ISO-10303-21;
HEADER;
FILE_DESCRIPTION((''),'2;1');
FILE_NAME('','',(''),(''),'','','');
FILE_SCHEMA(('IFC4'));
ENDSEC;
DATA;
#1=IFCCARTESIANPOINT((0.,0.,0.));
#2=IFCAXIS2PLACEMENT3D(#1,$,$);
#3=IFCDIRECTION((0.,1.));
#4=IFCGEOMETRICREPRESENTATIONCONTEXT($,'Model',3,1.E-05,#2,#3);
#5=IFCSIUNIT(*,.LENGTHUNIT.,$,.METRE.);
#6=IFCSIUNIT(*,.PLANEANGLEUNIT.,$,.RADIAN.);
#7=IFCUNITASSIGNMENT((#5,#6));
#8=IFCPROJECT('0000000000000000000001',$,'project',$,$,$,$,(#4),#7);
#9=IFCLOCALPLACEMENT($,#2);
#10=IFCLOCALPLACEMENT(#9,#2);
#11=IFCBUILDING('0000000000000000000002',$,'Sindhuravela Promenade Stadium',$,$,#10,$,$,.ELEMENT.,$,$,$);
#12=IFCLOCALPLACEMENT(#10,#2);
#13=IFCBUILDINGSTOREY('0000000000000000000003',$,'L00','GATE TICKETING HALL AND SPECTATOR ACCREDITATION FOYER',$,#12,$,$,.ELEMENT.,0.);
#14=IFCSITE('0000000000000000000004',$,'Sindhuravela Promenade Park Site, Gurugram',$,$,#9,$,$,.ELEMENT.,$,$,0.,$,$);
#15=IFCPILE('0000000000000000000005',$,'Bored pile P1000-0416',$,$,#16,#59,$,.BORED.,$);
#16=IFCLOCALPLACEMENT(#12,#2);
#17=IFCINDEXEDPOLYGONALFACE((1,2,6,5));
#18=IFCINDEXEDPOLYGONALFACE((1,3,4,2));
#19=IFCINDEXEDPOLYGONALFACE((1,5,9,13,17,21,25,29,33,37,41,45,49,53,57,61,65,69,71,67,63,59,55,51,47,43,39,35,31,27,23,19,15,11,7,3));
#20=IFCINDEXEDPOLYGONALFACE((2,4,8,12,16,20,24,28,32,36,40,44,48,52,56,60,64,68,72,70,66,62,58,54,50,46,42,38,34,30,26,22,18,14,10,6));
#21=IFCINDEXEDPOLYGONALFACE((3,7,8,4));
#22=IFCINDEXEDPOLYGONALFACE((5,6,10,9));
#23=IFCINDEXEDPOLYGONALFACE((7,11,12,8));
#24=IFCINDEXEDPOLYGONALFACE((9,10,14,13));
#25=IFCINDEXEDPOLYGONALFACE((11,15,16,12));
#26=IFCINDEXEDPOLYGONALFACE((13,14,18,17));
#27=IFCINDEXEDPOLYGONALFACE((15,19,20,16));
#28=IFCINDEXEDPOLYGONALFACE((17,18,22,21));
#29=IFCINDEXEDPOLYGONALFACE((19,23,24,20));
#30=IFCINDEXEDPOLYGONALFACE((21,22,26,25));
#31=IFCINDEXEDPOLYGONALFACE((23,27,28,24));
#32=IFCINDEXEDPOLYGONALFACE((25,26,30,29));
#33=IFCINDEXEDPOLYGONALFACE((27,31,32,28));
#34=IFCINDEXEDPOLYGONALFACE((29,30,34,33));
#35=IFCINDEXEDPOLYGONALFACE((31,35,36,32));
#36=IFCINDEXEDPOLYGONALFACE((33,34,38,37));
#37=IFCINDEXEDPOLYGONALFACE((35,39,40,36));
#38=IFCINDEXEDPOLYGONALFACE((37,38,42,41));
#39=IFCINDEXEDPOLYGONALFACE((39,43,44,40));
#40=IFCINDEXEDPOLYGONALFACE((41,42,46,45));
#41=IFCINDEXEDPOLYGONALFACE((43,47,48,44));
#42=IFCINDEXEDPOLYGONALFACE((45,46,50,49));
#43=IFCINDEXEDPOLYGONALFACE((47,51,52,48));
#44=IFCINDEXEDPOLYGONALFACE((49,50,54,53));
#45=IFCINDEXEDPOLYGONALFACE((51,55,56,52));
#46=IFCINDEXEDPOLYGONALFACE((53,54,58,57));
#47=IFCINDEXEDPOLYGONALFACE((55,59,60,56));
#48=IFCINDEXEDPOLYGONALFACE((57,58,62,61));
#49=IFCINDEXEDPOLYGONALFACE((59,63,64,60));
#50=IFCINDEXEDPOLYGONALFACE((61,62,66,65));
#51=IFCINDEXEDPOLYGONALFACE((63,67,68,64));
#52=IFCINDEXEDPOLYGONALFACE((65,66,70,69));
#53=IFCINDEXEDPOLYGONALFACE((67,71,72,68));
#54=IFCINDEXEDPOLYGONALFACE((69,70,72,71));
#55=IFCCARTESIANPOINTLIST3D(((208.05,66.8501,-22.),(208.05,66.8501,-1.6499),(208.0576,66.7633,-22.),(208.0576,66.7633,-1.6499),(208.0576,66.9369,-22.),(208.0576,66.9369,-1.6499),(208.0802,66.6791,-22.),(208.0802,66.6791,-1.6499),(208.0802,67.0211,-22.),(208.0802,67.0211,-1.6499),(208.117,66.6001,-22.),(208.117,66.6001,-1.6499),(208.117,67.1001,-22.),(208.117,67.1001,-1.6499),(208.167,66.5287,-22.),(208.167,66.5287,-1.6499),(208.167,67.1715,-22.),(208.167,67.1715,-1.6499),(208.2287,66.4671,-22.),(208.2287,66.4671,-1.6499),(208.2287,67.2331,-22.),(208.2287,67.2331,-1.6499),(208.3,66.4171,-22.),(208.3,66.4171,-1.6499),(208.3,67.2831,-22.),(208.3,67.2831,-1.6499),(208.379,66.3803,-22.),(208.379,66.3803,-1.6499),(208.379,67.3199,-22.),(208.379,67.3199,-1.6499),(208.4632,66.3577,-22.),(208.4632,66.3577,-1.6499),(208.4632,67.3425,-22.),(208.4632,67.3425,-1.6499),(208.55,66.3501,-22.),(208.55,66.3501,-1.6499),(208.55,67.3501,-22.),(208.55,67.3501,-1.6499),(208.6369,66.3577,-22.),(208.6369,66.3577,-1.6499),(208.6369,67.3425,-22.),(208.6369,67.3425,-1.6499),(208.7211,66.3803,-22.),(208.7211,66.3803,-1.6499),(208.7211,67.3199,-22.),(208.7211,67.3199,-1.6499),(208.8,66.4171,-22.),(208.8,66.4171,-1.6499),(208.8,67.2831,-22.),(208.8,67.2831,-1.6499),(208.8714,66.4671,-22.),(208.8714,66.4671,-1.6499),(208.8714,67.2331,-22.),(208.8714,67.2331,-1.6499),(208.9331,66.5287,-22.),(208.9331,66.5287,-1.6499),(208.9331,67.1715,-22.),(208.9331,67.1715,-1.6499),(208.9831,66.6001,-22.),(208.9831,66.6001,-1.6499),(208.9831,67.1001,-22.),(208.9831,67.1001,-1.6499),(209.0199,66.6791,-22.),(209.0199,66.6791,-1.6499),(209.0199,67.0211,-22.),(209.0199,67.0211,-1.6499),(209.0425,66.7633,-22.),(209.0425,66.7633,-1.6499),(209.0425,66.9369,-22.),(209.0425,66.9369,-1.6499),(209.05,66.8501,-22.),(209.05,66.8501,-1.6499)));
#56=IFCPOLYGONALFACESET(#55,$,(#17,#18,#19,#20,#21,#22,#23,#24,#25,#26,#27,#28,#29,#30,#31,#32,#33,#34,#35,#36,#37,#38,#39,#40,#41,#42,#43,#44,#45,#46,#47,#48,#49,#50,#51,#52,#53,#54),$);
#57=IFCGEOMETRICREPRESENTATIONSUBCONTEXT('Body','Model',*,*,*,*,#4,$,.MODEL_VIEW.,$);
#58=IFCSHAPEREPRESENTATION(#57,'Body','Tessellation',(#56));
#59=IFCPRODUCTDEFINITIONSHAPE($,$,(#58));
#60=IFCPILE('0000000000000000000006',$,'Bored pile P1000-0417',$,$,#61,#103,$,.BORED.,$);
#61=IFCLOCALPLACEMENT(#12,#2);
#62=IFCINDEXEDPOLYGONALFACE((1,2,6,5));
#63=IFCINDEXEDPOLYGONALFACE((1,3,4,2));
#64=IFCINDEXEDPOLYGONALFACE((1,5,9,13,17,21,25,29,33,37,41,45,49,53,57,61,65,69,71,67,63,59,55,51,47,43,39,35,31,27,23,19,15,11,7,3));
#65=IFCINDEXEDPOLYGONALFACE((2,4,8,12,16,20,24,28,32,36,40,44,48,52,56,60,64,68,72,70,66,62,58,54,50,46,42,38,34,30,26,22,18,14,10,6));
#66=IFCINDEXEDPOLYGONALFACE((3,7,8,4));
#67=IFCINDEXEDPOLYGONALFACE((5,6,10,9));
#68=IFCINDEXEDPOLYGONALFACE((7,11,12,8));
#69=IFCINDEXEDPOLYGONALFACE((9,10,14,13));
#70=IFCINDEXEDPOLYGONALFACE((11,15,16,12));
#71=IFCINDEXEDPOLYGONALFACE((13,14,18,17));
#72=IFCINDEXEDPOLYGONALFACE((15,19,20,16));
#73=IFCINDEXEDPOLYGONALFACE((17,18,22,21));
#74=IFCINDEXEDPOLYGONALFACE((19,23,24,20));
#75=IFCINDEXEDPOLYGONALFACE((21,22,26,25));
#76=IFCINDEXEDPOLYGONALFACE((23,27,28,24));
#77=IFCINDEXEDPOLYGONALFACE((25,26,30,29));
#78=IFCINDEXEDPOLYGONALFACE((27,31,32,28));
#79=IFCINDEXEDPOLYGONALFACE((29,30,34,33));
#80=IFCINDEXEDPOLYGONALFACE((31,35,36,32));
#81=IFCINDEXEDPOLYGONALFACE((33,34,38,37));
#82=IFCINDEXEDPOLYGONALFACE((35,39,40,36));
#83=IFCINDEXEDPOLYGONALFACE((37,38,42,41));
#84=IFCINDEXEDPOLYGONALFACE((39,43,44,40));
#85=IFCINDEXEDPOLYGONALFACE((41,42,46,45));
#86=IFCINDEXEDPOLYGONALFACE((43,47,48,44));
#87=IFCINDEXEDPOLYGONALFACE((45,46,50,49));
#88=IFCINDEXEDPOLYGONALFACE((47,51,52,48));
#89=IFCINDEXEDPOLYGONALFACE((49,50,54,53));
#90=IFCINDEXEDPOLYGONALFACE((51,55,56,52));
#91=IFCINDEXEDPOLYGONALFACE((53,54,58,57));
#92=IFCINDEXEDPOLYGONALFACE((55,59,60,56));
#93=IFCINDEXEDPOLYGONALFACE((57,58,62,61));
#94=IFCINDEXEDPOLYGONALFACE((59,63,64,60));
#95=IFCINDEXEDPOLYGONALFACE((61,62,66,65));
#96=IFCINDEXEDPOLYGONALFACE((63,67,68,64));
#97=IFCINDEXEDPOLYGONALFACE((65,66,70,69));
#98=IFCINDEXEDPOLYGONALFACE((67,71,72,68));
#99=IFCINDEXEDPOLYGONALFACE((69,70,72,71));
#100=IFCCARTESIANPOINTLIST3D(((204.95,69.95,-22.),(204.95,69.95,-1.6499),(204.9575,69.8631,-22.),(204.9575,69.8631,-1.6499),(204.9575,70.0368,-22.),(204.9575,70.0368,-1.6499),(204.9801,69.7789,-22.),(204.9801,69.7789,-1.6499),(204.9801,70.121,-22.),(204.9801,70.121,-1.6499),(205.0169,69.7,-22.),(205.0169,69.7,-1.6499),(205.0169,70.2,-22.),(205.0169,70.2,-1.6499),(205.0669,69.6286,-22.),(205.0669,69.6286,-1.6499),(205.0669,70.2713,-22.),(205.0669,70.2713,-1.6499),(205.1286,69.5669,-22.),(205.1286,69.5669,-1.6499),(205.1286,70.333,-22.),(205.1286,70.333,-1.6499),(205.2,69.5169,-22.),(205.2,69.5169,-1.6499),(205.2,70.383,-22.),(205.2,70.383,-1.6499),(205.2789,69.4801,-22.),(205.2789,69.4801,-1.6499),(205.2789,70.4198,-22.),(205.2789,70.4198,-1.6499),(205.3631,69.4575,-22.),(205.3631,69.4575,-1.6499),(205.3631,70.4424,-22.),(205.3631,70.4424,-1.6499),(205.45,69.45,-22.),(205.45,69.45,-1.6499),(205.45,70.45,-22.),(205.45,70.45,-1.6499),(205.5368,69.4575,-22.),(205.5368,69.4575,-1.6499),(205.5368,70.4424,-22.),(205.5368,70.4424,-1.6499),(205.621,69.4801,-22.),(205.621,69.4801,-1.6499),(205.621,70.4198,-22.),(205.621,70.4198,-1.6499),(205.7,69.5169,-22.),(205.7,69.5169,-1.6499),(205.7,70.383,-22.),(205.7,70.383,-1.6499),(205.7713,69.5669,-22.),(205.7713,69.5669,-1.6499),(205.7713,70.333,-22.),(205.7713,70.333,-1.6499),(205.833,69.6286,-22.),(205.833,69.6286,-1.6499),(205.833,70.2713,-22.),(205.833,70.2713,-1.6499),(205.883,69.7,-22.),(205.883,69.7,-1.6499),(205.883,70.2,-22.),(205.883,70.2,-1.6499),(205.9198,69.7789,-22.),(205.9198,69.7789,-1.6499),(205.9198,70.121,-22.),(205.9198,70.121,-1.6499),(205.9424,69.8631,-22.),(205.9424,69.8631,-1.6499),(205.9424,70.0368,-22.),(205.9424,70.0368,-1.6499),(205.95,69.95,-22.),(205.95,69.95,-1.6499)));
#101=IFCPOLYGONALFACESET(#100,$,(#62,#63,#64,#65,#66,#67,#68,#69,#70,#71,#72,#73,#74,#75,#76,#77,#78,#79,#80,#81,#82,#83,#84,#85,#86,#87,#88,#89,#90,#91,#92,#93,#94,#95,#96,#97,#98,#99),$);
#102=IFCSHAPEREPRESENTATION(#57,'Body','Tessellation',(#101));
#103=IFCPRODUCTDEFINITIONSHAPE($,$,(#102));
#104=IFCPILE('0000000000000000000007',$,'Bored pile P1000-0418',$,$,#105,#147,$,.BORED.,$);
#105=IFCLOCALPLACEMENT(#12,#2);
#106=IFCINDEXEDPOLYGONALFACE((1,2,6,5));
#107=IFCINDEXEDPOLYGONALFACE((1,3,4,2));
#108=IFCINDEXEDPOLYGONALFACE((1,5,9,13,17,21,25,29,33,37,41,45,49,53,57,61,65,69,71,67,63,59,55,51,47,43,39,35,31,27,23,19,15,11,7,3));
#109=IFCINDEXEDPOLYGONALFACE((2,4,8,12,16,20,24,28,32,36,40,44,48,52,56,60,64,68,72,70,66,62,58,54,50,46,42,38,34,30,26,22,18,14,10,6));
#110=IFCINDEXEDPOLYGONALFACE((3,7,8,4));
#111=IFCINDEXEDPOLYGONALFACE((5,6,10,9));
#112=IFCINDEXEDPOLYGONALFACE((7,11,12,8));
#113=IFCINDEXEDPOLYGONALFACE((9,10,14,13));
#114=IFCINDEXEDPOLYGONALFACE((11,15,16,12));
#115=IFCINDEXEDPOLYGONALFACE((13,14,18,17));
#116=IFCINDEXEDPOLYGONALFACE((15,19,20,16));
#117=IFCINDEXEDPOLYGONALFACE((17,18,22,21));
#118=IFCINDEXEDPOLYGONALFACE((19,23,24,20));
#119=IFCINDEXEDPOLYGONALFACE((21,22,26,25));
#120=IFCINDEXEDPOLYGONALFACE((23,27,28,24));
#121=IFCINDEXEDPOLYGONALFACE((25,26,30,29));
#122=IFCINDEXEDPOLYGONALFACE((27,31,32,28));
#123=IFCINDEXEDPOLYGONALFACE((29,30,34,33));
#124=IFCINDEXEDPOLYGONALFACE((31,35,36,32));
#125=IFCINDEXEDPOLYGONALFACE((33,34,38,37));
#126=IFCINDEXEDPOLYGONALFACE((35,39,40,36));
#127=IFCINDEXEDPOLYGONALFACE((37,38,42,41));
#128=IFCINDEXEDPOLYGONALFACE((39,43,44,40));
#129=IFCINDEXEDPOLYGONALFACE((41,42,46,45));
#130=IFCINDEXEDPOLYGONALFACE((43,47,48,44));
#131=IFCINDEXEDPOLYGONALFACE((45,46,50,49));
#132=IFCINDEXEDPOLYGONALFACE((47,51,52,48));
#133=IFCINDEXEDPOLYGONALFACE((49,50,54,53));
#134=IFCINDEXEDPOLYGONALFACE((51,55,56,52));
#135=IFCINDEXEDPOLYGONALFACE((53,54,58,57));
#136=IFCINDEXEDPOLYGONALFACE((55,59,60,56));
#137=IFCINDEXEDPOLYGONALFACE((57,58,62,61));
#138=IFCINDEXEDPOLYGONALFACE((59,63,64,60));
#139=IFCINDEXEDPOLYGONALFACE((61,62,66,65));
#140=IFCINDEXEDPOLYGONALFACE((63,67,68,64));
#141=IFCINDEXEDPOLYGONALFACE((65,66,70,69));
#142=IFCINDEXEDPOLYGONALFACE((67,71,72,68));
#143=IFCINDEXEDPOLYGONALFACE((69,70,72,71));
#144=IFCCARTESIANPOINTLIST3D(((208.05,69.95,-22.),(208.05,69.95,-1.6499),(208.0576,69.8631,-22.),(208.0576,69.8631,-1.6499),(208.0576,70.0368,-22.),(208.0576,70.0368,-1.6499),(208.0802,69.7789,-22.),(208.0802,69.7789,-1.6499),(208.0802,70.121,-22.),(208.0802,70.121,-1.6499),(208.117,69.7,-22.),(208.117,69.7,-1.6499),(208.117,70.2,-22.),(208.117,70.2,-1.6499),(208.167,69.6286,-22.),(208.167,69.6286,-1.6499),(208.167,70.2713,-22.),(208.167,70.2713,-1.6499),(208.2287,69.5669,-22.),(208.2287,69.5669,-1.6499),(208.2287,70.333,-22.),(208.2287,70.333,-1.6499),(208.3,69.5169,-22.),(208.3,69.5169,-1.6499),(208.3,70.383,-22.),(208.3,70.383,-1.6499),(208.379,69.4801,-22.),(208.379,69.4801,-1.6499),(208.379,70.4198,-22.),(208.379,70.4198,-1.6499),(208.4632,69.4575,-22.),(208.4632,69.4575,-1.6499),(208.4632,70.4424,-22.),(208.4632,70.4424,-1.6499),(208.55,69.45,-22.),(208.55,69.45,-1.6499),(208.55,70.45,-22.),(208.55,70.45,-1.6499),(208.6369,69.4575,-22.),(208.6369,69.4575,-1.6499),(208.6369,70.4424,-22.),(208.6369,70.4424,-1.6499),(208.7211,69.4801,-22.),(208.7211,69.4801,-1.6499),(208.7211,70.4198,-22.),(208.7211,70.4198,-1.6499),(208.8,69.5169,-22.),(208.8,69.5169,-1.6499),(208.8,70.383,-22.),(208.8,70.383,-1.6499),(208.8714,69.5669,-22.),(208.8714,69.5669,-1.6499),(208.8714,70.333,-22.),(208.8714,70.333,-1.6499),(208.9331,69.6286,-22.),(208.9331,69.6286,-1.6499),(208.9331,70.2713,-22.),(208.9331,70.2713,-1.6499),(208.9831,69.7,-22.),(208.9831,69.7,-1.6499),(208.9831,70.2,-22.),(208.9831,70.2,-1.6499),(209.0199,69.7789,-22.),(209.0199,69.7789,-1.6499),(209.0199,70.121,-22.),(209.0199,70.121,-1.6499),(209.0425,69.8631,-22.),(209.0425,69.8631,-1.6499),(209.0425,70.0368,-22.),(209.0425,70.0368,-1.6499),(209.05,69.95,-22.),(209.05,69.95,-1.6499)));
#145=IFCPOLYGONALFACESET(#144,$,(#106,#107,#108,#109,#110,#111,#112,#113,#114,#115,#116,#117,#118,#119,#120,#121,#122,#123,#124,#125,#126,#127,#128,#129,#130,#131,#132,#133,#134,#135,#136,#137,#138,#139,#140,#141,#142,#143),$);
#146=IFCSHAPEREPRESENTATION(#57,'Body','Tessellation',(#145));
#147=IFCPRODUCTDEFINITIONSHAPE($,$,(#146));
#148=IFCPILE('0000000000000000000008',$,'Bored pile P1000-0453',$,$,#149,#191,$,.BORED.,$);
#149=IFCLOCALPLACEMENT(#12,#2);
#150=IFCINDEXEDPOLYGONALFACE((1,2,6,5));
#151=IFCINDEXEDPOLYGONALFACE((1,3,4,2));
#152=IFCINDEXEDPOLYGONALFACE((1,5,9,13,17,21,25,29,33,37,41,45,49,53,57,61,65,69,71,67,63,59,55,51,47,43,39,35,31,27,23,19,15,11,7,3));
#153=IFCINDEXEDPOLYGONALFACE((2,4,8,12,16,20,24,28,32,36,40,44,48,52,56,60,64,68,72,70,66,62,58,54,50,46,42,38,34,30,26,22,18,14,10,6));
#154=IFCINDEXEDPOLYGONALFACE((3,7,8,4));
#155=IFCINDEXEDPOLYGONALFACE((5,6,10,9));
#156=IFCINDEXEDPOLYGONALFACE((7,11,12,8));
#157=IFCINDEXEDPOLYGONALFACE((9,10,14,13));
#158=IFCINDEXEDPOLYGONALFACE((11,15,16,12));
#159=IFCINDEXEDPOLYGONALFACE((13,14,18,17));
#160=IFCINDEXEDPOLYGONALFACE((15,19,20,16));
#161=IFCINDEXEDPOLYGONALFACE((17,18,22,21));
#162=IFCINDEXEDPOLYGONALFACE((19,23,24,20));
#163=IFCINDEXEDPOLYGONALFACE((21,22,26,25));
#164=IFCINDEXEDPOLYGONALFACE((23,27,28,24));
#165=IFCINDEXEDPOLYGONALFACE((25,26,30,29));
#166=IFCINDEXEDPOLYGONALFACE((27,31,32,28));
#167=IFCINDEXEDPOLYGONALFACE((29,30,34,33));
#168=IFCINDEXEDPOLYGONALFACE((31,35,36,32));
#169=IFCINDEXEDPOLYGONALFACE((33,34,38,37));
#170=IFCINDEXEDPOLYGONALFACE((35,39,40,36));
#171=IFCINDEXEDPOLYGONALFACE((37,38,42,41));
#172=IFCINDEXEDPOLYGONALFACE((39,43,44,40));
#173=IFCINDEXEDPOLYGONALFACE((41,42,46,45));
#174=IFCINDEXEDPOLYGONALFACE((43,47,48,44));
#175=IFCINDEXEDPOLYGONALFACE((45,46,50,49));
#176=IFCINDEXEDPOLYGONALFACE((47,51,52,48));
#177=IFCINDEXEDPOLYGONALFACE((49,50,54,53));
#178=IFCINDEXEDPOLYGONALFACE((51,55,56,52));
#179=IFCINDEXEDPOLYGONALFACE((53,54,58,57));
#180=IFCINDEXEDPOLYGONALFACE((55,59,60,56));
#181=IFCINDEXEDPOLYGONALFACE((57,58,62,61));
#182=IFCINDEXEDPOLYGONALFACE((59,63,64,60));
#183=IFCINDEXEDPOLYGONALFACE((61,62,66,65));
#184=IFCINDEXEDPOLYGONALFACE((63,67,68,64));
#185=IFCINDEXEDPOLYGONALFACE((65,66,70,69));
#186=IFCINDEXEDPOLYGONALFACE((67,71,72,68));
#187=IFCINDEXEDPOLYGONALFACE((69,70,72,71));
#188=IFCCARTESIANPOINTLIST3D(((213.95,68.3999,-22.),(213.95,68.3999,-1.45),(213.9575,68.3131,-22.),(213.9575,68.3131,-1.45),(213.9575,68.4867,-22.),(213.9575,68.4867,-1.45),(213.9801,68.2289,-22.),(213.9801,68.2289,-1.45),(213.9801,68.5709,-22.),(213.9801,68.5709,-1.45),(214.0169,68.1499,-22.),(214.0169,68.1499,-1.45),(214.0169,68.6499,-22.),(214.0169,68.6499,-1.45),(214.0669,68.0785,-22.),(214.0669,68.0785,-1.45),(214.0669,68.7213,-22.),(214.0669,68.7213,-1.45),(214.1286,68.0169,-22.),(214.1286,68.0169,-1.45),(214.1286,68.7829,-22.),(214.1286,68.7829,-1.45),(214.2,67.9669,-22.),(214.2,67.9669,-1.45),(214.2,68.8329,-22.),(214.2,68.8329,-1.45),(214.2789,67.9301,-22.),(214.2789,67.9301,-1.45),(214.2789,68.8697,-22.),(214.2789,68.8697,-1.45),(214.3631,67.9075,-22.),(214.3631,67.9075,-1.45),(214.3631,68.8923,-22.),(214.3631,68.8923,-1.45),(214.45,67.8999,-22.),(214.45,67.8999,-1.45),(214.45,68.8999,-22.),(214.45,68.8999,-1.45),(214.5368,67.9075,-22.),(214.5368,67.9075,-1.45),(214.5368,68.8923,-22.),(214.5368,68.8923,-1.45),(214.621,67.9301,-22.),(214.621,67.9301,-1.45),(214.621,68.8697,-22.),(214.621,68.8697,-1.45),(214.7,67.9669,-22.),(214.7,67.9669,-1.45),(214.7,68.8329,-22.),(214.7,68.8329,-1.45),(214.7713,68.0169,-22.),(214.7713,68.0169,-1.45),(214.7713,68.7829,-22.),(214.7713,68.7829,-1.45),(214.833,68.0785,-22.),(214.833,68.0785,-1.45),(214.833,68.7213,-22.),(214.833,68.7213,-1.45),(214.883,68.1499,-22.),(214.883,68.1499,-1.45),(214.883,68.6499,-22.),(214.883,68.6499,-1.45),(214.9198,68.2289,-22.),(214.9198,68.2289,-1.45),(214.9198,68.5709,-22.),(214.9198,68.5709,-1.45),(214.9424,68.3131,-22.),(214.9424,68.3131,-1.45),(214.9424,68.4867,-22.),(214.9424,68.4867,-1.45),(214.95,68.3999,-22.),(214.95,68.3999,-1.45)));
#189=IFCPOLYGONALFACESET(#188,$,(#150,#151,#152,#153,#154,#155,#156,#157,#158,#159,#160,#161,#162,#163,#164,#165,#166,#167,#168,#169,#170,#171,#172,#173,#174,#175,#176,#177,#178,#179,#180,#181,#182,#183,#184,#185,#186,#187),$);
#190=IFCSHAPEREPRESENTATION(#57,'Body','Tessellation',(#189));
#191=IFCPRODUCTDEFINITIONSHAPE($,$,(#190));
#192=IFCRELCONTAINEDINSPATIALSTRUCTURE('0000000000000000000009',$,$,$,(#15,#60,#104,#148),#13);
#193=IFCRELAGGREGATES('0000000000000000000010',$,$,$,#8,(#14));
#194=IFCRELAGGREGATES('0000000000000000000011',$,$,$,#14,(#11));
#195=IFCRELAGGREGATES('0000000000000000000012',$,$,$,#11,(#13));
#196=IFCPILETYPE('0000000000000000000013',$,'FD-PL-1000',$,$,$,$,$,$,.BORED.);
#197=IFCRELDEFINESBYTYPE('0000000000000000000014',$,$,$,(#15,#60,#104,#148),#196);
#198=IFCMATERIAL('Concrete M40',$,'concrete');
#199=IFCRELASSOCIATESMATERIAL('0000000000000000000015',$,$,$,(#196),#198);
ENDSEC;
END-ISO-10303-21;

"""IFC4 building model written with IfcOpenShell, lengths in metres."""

from ifc_helpers import new_model, si_unit, direction, frame, origin, origin_2d, place, context, subcontext, project, spatial, circle, extrude, material, material_profile, profile_set, type_object, element, save


model = new_model("IFC4")

# Units and contexts
model_context = context("Model", 3, precision=1e-05, world=origin(), true_north=direction((0.0, 1.0)))
body_context = subcontext(model_context, "Body", "Model", "MODEL_VIEW")
ifc_project = project(units=[si_unit("LENGTHUNIT", "METRE"), si_unit("PLANEANGLEUNIT", "RADIAN")], contexts=[model_context])

# Site, building, storey
site_placement = place(None, origin())
site = spatial("IfcSite", under=ifc_project, at=site_placement, Name="Sindhuravela Promenade Park Site, Gurugram", CompositionType="ELEMENT", RefElevation=0.0)
building_placement = place(site_placement, origin())
building = spatial("IfcBuilding", under=site, at=building_placement, Name="Sindhuravela Promenade Stadium", CompositionType="ELEMENT")
storey_placement = place(building_placement, origin())
storey = spatial("IfcBuildingStorey", under=building, at=storey_placement, Name="L00", Description="GATE TICKETING HALL AND SPECTATOR ACCREDITATION FOYER", CompositionType="ELEMENT", Elevation=0.0)

# Piles
ifc_material_1 = material(Name="Concrete M40", Category="concrete")
ifc_material_profile_1 = material_profile(ifc_material_1, circle(Radius=0.5, at=origin_2d()), Name="BORED PILE D1000")
ifc_profile_set_1 = profile_set([ifc_material_profile_1], Name="Concrete M40")
pile_type = type_object("IfcPileType", Name="FD-PL-1000", PredefinedType="BORED", material=ifc_profile_set_1)
for number, where, z_axis, x_axis, name in (
    (1, (208.55, 66.8501, -1.6499), (0.0, 0.0, -1.0), (1.0, 0.0, 0.0), "Bored pile P1000-0416"),
    (2, (205.45, 69.95, -1.6499), (0.0, 0.0, -1.0), (1.0, 0.0, 0.0), "Bored pile P1000-0417"),
    (3, (208.55, 69.95, -1.6499), (0.0, 0.0, -1.0), (1.0, 0.0, 0.0), "Bored pile P1000-0418"),
):
    element("IfcPile", number, at=place(storey_placement, frame(where, z_axis=z_axis, x_axis=x_axis)), inside=storey, type_object=pile_type, Name=name, PredefinedType="BORED", context=body_context, shape_type="SweptSolid", body=[
        extrude(circle(Radius=0.5, at=origin_2d()), origin(), (0.0, 0.0, 1.0), 20.3501),
    ])
for number, where, z_axis, x_axis, name in (
    (4, (214.45, 68.3999, -1.45), (0.0, 0.0, -1.0), (1.0, 0.0, 0.0), "Bored pile P1000-0453"),
):
    element("IfcPile", number, at=place(storey_placement, frame(where, z_axis=z_axis, x_axis=x_axis)), inside=storey, type_object=pile_type, Name=name, PredefinedType="BORED", context=body_context, shape_type="SweptSolid", body=[
        extrude(circle(Radius=0.5, at=origin_2d()), origin(), (0.0, 0.0, 1.0), 20.55),
    ])

save(model, "model.ifc")
